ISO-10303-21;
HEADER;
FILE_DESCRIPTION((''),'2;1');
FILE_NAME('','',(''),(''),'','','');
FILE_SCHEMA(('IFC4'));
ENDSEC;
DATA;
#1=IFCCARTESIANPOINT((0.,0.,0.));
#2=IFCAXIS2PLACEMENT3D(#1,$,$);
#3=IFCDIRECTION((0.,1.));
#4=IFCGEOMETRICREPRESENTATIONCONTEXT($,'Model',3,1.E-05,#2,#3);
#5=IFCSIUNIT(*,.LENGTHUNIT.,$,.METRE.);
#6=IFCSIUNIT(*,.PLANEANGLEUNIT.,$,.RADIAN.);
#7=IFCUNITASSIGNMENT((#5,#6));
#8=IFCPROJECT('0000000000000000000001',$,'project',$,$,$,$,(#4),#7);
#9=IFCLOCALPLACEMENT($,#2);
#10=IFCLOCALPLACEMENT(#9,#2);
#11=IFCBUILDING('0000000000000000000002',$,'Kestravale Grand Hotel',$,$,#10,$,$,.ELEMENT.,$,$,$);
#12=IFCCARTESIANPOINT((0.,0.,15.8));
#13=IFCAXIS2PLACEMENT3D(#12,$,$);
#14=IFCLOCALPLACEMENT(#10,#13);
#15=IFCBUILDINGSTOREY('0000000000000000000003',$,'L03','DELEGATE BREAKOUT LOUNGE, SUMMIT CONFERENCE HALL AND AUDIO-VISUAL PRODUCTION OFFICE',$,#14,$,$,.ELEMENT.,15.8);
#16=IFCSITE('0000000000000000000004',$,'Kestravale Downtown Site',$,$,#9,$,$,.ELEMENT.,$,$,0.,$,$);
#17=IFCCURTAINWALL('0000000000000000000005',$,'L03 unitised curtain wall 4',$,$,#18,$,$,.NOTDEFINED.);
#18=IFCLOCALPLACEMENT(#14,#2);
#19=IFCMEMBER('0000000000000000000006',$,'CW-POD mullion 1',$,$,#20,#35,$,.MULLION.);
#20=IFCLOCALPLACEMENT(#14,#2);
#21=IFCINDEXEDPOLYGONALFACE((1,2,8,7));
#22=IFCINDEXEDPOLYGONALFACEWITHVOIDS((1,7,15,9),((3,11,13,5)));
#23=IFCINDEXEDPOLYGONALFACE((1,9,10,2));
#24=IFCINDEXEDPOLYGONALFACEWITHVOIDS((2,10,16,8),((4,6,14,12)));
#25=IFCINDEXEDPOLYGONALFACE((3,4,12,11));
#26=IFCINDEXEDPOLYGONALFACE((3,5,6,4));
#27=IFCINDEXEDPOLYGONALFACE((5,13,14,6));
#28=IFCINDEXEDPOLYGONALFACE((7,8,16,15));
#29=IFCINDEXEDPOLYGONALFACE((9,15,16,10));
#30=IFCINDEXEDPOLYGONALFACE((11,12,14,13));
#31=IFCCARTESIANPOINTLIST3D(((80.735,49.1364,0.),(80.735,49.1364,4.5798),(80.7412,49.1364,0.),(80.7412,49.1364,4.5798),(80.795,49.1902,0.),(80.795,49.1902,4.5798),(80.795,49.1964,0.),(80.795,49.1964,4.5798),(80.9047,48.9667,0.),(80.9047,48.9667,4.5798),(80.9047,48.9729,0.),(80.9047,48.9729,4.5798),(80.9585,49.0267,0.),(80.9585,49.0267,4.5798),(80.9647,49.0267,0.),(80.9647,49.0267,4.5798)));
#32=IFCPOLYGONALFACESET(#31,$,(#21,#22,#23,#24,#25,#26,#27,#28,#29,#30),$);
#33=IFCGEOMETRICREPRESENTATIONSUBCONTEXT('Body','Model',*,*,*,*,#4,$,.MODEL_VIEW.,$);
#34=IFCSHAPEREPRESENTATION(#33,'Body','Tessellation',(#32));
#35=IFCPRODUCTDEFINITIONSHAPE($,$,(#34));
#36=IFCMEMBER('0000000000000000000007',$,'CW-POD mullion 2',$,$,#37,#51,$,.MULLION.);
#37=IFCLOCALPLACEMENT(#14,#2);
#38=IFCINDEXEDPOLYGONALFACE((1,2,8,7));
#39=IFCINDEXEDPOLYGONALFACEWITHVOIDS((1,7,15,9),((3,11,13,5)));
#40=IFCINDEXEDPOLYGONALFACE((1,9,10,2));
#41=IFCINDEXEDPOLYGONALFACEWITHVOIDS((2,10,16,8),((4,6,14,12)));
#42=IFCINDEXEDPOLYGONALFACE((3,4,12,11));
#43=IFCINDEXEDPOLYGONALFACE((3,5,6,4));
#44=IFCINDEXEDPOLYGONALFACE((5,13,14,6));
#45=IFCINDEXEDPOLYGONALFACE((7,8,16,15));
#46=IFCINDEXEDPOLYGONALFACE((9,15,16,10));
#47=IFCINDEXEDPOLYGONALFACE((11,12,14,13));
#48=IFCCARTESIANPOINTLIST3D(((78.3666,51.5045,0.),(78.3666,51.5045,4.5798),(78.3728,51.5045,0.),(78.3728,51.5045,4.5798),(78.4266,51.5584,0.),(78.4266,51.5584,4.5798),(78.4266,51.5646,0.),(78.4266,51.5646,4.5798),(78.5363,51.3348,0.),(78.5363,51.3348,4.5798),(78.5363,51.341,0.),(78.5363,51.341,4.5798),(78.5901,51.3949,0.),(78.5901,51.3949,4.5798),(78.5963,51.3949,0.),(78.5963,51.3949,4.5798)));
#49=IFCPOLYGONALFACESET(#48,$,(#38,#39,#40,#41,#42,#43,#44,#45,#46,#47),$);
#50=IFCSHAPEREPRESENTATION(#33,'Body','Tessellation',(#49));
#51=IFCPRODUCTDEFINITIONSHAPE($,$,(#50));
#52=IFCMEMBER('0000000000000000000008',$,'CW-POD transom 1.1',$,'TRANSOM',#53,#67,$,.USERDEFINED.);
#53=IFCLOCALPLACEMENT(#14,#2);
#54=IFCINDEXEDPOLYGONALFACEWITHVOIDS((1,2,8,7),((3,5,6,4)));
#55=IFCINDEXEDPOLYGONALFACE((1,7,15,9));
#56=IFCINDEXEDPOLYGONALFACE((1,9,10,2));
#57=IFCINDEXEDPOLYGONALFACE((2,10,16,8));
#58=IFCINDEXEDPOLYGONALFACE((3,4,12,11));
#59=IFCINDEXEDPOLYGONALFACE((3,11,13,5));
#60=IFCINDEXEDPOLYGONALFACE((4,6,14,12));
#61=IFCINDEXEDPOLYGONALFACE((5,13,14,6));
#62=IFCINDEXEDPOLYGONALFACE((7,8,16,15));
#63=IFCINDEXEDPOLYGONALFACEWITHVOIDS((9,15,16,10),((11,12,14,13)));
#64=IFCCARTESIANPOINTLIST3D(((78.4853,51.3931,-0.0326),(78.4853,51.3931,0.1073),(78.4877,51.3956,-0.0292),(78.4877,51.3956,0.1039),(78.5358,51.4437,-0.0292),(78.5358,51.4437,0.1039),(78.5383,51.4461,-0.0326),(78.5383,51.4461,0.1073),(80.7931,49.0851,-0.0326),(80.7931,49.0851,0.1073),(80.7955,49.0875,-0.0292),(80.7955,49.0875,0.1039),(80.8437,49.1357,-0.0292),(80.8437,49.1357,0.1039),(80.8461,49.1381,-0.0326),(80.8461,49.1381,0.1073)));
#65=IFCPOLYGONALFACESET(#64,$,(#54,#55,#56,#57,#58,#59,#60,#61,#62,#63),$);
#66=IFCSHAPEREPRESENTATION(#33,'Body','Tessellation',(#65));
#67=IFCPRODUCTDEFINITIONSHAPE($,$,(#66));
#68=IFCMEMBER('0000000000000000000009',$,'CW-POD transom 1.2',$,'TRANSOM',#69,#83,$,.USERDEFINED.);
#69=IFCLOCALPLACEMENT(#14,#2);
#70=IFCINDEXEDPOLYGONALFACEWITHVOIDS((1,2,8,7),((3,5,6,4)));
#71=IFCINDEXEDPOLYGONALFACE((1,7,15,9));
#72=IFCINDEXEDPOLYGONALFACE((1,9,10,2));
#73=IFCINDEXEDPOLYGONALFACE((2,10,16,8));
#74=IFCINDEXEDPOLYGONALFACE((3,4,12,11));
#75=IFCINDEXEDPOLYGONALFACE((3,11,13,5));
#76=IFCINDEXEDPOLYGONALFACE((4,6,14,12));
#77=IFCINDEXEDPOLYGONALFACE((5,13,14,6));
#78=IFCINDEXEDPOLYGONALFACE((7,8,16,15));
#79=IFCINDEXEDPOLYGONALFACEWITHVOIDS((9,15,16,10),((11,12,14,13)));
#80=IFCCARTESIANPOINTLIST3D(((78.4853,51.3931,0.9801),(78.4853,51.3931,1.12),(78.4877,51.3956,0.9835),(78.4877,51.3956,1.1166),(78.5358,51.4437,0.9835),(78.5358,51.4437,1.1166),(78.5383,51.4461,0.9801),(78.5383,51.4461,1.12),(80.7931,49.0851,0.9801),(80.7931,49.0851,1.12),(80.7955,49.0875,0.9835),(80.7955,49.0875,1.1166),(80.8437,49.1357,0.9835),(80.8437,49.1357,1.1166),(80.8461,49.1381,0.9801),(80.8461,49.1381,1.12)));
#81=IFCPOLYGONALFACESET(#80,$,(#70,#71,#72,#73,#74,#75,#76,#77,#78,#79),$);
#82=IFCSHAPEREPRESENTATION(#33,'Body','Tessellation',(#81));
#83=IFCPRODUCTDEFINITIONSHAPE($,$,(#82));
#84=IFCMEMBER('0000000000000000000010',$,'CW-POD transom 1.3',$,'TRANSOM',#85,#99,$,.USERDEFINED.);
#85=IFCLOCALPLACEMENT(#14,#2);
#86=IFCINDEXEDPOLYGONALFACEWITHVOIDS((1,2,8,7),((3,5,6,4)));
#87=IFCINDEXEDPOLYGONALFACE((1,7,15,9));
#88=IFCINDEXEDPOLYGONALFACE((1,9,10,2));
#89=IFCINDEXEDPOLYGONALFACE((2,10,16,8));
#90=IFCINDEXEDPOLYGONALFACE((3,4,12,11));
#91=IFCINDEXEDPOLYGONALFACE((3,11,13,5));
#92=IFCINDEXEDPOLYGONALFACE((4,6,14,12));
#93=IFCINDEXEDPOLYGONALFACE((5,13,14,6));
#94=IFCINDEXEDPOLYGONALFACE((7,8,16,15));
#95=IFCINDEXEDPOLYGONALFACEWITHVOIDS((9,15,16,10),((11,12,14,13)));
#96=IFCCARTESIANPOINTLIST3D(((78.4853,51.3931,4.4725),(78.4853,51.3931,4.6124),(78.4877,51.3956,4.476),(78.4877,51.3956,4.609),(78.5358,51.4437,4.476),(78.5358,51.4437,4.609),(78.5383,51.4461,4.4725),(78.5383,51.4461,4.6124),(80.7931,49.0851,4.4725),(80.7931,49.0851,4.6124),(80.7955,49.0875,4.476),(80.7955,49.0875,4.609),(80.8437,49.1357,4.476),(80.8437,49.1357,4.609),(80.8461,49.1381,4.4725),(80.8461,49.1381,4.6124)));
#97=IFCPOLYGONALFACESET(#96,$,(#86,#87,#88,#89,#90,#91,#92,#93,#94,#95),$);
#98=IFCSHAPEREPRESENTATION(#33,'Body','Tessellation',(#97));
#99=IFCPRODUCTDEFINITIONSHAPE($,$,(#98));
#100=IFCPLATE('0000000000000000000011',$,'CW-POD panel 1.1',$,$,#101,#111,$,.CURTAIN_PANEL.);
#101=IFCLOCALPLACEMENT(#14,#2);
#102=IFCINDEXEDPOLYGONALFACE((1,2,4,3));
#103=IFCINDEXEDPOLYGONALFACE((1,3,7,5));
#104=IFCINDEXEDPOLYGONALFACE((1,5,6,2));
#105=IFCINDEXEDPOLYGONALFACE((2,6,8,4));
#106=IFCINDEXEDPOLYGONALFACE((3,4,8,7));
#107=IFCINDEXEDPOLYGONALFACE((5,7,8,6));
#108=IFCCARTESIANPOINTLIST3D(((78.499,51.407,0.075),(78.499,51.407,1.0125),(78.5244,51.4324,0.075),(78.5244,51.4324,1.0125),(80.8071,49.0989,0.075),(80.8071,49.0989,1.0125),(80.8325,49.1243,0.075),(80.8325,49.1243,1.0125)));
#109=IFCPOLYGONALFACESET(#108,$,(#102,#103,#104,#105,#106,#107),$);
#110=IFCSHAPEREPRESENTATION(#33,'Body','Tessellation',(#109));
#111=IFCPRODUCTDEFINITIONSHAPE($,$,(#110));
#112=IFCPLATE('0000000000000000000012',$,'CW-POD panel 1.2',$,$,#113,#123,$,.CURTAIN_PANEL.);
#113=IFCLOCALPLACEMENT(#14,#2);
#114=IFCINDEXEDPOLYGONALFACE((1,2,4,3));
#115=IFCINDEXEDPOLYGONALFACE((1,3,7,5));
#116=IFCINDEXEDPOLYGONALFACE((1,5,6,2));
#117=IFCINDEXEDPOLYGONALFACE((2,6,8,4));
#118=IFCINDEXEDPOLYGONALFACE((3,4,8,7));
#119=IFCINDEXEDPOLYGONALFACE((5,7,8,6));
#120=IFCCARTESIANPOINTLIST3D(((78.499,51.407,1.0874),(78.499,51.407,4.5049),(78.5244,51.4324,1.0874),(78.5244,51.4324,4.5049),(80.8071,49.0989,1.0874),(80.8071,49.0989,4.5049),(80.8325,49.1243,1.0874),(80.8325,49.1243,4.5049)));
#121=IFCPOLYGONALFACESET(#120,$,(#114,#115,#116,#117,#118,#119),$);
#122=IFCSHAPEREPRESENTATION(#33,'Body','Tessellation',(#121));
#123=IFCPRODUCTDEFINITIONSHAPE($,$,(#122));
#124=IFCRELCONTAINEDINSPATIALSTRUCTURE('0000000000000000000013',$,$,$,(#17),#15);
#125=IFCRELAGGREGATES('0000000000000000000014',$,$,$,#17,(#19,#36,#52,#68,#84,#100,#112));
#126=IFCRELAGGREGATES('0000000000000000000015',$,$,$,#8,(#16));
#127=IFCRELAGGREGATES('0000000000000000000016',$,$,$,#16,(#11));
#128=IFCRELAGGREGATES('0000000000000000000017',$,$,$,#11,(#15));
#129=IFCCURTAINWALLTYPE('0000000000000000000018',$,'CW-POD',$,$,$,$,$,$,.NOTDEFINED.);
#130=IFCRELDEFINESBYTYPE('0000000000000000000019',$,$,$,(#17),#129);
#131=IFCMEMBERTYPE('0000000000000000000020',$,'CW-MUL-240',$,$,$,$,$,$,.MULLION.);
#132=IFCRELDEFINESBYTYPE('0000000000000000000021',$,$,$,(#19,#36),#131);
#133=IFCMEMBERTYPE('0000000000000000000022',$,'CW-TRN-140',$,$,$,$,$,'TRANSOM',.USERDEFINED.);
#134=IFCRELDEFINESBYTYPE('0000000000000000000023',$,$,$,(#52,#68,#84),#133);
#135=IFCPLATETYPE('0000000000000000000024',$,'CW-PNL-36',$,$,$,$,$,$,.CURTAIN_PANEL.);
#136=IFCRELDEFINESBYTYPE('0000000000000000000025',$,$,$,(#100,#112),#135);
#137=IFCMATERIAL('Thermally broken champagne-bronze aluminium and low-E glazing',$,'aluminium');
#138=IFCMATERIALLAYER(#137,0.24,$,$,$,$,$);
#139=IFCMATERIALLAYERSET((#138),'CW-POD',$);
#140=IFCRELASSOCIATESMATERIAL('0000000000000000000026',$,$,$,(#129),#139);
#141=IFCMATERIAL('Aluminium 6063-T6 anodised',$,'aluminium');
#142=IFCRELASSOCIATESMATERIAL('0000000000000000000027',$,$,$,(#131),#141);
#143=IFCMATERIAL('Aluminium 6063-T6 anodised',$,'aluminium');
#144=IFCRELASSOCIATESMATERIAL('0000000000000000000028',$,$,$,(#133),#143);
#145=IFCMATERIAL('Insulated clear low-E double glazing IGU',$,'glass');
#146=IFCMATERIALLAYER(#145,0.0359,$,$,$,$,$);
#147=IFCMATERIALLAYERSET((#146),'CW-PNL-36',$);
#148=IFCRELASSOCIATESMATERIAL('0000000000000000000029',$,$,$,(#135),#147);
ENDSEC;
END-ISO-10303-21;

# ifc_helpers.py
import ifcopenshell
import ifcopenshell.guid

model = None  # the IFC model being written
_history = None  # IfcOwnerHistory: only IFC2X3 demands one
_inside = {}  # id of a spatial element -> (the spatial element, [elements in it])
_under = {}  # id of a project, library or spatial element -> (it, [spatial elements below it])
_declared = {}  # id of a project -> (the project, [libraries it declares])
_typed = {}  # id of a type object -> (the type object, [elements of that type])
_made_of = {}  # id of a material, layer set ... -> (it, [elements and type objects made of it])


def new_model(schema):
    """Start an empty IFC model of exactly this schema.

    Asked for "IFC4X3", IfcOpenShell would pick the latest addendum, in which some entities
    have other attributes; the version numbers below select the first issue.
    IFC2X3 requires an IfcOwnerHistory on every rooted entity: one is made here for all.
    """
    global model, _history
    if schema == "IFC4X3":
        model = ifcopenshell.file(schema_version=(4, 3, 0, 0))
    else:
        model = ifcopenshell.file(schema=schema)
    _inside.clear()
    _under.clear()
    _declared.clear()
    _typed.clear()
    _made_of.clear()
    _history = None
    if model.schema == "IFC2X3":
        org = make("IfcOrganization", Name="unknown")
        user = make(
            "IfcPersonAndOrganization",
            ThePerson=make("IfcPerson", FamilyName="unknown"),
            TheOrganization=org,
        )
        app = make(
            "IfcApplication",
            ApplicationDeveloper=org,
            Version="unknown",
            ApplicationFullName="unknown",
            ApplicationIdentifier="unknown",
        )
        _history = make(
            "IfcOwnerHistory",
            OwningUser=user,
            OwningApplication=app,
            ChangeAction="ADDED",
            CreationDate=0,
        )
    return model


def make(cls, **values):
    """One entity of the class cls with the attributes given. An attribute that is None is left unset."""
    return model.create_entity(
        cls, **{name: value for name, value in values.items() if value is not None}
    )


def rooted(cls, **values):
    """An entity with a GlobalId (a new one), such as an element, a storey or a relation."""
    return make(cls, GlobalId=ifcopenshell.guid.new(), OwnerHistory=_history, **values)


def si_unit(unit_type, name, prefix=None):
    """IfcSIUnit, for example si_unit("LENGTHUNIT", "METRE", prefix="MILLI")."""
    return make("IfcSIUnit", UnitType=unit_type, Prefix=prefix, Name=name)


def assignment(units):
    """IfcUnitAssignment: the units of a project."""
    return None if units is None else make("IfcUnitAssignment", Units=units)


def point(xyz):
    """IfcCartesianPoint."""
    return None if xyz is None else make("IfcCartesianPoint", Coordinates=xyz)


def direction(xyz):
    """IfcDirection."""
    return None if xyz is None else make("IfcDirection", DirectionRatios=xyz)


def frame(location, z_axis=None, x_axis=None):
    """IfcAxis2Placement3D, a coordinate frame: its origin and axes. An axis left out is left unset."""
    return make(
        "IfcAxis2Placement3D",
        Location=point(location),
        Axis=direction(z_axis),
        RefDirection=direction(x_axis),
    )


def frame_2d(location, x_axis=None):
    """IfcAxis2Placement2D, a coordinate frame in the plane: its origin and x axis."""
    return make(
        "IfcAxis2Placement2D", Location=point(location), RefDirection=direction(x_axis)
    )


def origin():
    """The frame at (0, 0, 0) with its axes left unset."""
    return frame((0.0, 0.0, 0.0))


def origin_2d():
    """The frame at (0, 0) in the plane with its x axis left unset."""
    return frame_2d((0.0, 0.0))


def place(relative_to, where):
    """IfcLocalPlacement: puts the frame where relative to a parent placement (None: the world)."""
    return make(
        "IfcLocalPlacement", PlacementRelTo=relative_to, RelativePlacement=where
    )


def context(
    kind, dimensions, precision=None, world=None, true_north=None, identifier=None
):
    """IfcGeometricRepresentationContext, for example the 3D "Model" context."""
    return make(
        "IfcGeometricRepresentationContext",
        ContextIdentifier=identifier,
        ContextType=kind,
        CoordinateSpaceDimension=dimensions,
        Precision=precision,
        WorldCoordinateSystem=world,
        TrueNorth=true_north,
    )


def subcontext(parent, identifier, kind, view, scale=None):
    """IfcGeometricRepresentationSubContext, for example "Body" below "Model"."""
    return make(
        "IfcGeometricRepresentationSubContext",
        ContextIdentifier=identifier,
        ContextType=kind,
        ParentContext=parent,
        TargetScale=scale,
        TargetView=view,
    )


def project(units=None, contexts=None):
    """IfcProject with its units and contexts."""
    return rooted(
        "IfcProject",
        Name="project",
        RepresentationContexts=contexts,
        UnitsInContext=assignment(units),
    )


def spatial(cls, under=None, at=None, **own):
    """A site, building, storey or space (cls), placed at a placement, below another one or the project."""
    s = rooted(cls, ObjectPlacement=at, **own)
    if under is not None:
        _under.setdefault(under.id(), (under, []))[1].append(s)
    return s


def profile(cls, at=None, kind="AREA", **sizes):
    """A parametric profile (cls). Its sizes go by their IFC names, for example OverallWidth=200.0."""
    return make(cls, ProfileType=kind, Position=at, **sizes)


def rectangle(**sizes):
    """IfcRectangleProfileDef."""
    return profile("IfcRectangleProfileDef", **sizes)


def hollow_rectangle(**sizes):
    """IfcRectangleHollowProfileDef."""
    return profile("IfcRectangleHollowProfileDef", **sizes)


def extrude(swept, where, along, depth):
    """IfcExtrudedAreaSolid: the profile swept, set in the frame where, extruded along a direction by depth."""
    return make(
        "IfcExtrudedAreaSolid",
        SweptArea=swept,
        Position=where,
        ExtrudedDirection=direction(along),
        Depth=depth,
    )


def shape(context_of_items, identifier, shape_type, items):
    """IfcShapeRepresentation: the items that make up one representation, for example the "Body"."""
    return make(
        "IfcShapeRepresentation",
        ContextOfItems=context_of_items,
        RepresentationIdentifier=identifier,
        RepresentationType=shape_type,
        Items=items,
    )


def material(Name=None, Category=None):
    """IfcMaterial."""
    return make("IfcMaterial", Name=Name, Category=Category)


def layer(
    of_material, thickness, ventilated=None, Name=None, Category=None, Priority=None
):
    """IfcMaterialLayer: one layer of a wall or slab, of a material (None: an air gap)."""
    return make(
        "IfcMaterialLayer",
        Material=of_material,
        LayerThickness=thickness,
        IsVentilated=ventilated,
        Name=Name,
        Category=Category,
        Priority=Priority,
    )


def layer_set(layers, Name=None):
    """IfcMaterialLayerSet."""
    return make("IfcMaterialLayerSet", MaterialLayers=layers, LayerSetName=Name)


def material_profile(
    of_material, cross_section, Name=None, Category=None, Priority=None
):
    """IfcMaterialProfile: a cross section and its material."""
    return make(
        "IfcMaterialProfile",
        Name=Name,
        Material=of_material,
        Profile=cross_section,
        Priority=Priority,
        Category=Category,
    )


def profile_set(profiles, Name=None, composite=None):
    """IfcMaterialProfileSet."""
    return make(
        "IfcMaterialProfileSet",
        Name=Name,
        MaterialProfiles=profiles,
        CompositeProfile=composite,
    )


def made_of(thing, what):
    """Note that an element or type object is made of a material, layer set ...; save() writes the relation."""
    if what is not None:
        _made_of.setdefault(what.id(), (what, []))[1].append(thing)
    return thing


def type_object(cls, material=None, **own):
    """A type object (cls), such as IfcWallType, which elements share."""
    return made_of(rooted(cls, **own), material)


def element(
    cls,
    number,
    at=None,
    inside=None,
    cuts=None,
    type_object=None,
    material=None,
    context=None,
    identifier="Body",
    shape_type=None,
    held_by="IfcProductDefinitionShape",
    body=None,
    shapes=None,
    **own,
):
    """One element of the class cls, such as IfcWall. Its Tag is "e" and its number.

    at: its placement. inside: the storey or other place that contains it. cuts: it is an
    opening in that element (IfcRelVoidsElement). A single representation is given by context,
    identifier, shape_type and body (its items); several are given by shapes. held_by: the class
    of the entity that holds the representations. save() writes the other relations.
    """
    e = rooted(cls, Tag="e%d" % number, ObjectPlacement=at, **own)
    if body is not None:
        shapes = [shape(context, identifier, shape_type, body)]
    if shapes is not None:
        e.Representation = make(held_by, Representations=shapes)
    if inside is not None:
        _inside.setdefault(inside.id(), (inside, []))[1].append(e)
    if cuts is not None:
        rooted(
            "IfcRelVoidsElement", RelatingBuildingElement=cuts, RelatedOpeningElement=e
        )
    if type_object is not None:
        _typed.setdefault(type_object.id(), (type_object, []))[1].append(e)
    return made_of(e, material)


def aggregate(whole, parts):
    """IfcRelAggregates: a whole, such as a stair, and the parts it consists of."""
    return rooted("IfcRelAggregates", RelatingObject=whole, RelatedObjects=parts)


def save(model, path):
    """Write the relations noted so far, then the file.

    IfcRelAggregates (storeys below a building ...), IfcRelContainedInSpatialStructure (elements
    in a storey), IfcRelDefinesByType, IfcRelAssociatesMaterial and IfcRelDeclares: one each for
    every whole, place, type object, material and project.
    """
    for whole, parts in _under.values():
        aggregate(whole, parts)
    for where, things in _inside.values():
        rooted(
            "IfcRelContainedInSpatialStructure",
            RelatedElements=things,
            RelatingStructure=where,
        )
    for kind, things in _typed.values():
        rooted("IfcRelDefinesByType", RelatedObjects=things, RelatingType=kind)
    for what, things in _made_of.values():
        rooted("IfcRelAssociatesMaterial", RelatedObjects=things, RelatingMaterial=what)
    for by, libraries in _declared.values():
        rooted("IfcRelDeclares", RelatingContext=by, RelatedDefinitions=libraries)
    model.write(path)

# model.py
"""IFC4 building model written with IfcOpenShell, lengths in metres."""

from ifc_helpers import new_model, si_unit, direction, frame, origin, origin_2d, place, context, subcontext, project, spatial, rectangle, hollow_rectangle, extrude, material, layer, layer_set, material_profile, profile_set, type_object, element, aggregate, save


model = new_model("IFC4")

# Units and contexts
model_context = context("Model", 3, precision=1e-05, world=origin(), true_north=direction((0.0, 1.0)))
body_context = subcontext(model_context, "Body", "Model", "MODEL_VIEW")
ifc_project = project(units=[si_unit("LENGTHUNIT", "METRE"), si_unit("PLANEANGLEUNIT", "RADIAN")], contexts=[model_context])

# Site, building, storey
site_placement = place(None, origin())
site = spatial("IfcSite", under=ifc_project, at=site_placement, Name="Kestravale Downtown Site", CompositionType="ELEMENT", RefElevation=0.0)
building_placement = place(site_placement, origin())
building = spatial("IfcBuilding", under=site, at=building_placement, Name="Kestravale Grand Hotel", CompositionType="ELEMENT")
storey_placement = place(building_placement, frame((0.0, 0.0, 15.8)))
storey = spatial("IfcBuildingStorey", under=building, at=storey_placement, Name="L03", Description="DELEGATE BREAKOUT LOUNGE, SUMMIT CONFERENCE HALL AND AUDIO-VISUAL PRODUCTION OFFICE", CompositionType="ELEMENT", Elevation=15.8)

# Curtain wall, members, plates
ifc_material_1 = material(Name="Thermally broken champagne-bronze aluminium and low-E glazing", Category="aluminium")
ifc_layer_1 = layer(ifc_material_1, 0.24)
ifc_layer_set_1 = layer_set([ifc_layer_1], Name="CW-POD")
curtain_wall_type = type_object("IfcCurtainWallType", Name="CW-POD", PredefinedType="NOTDEFINED", material=ifc_layer_set_1)
curtain_wall_placement = place(storey_placement, origin())
curtain_wall = element("IfcCurtainWall", 1, at=curtain_wall_placement, inside=storey, type_object=curtain_wall_type, Name="L03 unitised curtain wall 4", PredefinedType="NOTDEFINED")
ifc_material_2 = material(Name="Aluminium 6063-T6 anodised", Category="aluminium")
ifc_material_profile_1 = material_profile(ifc_material_2, hollow_rectangle(XDim=0.085, YDim=0.24, WallThickness=0.0044, at=origin_2d()))
ifc_profile_set_1 = profile_set([ifc_material_profile_1], Name="Aluminium 6063-T6 anodised")
member_type_1 = type_object("IfcMemberType", Name="CW-MUL-240", PredefinedType="MULLION", material=ifc_profile_set_1)
member_1_placement = place(storey_placement, frame((80.8499, 49.0815, 0.0), z_axis=(0.0, 0.0, 1.0), x_axis=(-0.707107, -0.707107, 0.0)))
member_1 = element("IfcMember", 2, at=member_1_placement, type_object=member_type_1, Name="CW-POD mullion 1", PredefinedType="MULLION", context=body_context, shape_type="SweptSolid", body=[
    extrude(hollow_rectangle(XDim=0.085, YDim=0.24, WallThickness=0.0044, at=origin_2d()), origin(), (0.0, 0.0, 1.0), 4.5798),
])
member_2_placement = place(storey_placement, frame((78.4814, 51.4497, 0.0), z_axis=(0.0, 0.0, 1.0), x_axis=(-0.707107, -0.707107, 0.0)))
member_2 = element("IfcMember", 3, at=member_2_placement, type_object=member_type_1, Name="CW-POD mullion 2", PredefinedType="MULLION", context=body_context, shape_type="SweptSolid", body=[
    extrude(hollow_rectangle(XDim=0.085, YDim=0.24, WallThickness=0.0044, at=origin_2d()), origin(), (0.0, 0.0, 1.0), 4.5798),
])
ifc_material_3 = material(Name="Aluminium 6063-T6 anodised", Category="aluminium")
ifc_material_profile_2 = material_profile(ifc_material_3, hollow_rectangle(XDim=0.075, YDim=0.1399, WallThickness=0.0034, at=origin_2d()))
ifc_profile_set_2 = profile_set([ifc_material_profile_2], Name="Aluminium 6063-T6 anodised")
member_type_2 = type_object("IfcMemberType", Name="CW-TRN-140", ElementType="TRANSOM", PredefinedType="USERDEFINED", material=ifc_profile_set_2)
member_3_placement = place(storey_placement, frame((80.8196, 49.1116, 0.0374), z_axis=(-0.707069, 0.707144, 0.0), x_axis=(-0.707144, -0.707069, 0.0)))
member_3 = element("IfcMember", 4, at=member_3_placement, type_object=member_type_2, Name="CW-POD transom 1.1", ObjectType="TRANSOM", PredefinedType="USERDEFINED", context=body_context, shape_type="SweptSolid", body=[
    extrude(hollow_rectangle(XDim=0.075, YDim=0.1399, WallThickness=0.0034, at=origin_2d()), origin(), (0.0, 0.0, 1.0), 3.2639),
])
member_4_placement = place(storey_placement, frame((80.8196, 49.1116, 1.05), z_axis=(-0.707069, 0.707144, 0.0), x_axis=(-0.707144, -0.707069, 0.0)))
member_4 = element("IfcMember", 5, at=member_4_placement, type_object=member_type_2, Name="CW-POD transom 1.2", ObjectType="TRANSOM", PredefinedType="USERDEFINED", context=body_context, shape_type="SweptSolid", body=[
    extrude(hollow_rectangle(XDim=0.075, YDim=0.1399, WallThickness=0.0034, at=origin_2d()), origin(), (0.0, 0.0, 1.0), 3.2639),
])
member_5_placement = place(storey_placement, frame((80.8196, 49.1116, 4.5425), z_axis=(-0.707069, 0.707144, 0.0), x_axis=(-0.707144, -0.707069, 0.0)))
member_5 = element("IfcMember", 6, at=member_5_placement, type_object=member_type_2, Name="CW-POD transom 1.3", ObjectType="TRANSOM", PredefinedType="USERDEFINED", context=body_context, shape_type="SweptSolid", body=[
    extrude(hollow_rectangle(XDim=0.075, YDim=0.1399, WallThickness=0.0034, at=origin_2d()), origin(), (0.0, 0.0, 1.0), 3.2639),
])
ifc_material_4 = material(Name="Insulated clear low-E double glazing IGU", Category="glass")
ifc_layer_2 = layer(ifc_material_4, 0.0359)
ifc_layer_set_2 = layer_set([ifc_layer_2], Name="CW-PNL-36")
plate_type = type_object("IfcPlateType", Name="CW-PNL-36", PredefinedType="CURTAIN_PANEL", material=ifc_layer_set_2)
plate_1_placement = place(storey_placement, frame((79.6658, 50.2656, 0.075), z_axis=(0.0, 0.0, 1.0), x_axis=(-0.707107, 0.707107, 0.0)))
plate_1 = element("IfcPlate", 7, at=plate_1_placement, type_object=plate_type, Name="CW-POD panel 1.1", PredefinedType="CURTAIN_PANEL", context=body_context, shape_type="SweptSolid", body=[
    extrude(rectangle(XDim=3.2642, YDim=0.0359, at=origin_2d()), origin(), (0.0, 0.0, 1.0), 0.9375),
])
plate_2_placement = place(storey_placement, frame((79.6658, 50.2656, 1.0874), z_axis=(0.0, 0.0, 1.0), x_axis=(-0.707107, 0.707107, 0.0)))
plate_2 = element("IfcPlate", 8, at=plate_2_placement, type_object=plate_type, Name="CW-POD panel 1.2", PredefinedType="CURTAIN_PANEL", context=body_context, shape_type="SweptSolid", body=[
    extrude(rectangle(XDim=3.2642, YDim=0.0359, at=origin_2d()), origin(), (0.0, 0.0, 1.0), 3.4175),
])
aggregate(curtain_wall, [member_1, member_2, member_3, member_4, member_5, plate_1, plate_2])

save(model, "model.ifc")
